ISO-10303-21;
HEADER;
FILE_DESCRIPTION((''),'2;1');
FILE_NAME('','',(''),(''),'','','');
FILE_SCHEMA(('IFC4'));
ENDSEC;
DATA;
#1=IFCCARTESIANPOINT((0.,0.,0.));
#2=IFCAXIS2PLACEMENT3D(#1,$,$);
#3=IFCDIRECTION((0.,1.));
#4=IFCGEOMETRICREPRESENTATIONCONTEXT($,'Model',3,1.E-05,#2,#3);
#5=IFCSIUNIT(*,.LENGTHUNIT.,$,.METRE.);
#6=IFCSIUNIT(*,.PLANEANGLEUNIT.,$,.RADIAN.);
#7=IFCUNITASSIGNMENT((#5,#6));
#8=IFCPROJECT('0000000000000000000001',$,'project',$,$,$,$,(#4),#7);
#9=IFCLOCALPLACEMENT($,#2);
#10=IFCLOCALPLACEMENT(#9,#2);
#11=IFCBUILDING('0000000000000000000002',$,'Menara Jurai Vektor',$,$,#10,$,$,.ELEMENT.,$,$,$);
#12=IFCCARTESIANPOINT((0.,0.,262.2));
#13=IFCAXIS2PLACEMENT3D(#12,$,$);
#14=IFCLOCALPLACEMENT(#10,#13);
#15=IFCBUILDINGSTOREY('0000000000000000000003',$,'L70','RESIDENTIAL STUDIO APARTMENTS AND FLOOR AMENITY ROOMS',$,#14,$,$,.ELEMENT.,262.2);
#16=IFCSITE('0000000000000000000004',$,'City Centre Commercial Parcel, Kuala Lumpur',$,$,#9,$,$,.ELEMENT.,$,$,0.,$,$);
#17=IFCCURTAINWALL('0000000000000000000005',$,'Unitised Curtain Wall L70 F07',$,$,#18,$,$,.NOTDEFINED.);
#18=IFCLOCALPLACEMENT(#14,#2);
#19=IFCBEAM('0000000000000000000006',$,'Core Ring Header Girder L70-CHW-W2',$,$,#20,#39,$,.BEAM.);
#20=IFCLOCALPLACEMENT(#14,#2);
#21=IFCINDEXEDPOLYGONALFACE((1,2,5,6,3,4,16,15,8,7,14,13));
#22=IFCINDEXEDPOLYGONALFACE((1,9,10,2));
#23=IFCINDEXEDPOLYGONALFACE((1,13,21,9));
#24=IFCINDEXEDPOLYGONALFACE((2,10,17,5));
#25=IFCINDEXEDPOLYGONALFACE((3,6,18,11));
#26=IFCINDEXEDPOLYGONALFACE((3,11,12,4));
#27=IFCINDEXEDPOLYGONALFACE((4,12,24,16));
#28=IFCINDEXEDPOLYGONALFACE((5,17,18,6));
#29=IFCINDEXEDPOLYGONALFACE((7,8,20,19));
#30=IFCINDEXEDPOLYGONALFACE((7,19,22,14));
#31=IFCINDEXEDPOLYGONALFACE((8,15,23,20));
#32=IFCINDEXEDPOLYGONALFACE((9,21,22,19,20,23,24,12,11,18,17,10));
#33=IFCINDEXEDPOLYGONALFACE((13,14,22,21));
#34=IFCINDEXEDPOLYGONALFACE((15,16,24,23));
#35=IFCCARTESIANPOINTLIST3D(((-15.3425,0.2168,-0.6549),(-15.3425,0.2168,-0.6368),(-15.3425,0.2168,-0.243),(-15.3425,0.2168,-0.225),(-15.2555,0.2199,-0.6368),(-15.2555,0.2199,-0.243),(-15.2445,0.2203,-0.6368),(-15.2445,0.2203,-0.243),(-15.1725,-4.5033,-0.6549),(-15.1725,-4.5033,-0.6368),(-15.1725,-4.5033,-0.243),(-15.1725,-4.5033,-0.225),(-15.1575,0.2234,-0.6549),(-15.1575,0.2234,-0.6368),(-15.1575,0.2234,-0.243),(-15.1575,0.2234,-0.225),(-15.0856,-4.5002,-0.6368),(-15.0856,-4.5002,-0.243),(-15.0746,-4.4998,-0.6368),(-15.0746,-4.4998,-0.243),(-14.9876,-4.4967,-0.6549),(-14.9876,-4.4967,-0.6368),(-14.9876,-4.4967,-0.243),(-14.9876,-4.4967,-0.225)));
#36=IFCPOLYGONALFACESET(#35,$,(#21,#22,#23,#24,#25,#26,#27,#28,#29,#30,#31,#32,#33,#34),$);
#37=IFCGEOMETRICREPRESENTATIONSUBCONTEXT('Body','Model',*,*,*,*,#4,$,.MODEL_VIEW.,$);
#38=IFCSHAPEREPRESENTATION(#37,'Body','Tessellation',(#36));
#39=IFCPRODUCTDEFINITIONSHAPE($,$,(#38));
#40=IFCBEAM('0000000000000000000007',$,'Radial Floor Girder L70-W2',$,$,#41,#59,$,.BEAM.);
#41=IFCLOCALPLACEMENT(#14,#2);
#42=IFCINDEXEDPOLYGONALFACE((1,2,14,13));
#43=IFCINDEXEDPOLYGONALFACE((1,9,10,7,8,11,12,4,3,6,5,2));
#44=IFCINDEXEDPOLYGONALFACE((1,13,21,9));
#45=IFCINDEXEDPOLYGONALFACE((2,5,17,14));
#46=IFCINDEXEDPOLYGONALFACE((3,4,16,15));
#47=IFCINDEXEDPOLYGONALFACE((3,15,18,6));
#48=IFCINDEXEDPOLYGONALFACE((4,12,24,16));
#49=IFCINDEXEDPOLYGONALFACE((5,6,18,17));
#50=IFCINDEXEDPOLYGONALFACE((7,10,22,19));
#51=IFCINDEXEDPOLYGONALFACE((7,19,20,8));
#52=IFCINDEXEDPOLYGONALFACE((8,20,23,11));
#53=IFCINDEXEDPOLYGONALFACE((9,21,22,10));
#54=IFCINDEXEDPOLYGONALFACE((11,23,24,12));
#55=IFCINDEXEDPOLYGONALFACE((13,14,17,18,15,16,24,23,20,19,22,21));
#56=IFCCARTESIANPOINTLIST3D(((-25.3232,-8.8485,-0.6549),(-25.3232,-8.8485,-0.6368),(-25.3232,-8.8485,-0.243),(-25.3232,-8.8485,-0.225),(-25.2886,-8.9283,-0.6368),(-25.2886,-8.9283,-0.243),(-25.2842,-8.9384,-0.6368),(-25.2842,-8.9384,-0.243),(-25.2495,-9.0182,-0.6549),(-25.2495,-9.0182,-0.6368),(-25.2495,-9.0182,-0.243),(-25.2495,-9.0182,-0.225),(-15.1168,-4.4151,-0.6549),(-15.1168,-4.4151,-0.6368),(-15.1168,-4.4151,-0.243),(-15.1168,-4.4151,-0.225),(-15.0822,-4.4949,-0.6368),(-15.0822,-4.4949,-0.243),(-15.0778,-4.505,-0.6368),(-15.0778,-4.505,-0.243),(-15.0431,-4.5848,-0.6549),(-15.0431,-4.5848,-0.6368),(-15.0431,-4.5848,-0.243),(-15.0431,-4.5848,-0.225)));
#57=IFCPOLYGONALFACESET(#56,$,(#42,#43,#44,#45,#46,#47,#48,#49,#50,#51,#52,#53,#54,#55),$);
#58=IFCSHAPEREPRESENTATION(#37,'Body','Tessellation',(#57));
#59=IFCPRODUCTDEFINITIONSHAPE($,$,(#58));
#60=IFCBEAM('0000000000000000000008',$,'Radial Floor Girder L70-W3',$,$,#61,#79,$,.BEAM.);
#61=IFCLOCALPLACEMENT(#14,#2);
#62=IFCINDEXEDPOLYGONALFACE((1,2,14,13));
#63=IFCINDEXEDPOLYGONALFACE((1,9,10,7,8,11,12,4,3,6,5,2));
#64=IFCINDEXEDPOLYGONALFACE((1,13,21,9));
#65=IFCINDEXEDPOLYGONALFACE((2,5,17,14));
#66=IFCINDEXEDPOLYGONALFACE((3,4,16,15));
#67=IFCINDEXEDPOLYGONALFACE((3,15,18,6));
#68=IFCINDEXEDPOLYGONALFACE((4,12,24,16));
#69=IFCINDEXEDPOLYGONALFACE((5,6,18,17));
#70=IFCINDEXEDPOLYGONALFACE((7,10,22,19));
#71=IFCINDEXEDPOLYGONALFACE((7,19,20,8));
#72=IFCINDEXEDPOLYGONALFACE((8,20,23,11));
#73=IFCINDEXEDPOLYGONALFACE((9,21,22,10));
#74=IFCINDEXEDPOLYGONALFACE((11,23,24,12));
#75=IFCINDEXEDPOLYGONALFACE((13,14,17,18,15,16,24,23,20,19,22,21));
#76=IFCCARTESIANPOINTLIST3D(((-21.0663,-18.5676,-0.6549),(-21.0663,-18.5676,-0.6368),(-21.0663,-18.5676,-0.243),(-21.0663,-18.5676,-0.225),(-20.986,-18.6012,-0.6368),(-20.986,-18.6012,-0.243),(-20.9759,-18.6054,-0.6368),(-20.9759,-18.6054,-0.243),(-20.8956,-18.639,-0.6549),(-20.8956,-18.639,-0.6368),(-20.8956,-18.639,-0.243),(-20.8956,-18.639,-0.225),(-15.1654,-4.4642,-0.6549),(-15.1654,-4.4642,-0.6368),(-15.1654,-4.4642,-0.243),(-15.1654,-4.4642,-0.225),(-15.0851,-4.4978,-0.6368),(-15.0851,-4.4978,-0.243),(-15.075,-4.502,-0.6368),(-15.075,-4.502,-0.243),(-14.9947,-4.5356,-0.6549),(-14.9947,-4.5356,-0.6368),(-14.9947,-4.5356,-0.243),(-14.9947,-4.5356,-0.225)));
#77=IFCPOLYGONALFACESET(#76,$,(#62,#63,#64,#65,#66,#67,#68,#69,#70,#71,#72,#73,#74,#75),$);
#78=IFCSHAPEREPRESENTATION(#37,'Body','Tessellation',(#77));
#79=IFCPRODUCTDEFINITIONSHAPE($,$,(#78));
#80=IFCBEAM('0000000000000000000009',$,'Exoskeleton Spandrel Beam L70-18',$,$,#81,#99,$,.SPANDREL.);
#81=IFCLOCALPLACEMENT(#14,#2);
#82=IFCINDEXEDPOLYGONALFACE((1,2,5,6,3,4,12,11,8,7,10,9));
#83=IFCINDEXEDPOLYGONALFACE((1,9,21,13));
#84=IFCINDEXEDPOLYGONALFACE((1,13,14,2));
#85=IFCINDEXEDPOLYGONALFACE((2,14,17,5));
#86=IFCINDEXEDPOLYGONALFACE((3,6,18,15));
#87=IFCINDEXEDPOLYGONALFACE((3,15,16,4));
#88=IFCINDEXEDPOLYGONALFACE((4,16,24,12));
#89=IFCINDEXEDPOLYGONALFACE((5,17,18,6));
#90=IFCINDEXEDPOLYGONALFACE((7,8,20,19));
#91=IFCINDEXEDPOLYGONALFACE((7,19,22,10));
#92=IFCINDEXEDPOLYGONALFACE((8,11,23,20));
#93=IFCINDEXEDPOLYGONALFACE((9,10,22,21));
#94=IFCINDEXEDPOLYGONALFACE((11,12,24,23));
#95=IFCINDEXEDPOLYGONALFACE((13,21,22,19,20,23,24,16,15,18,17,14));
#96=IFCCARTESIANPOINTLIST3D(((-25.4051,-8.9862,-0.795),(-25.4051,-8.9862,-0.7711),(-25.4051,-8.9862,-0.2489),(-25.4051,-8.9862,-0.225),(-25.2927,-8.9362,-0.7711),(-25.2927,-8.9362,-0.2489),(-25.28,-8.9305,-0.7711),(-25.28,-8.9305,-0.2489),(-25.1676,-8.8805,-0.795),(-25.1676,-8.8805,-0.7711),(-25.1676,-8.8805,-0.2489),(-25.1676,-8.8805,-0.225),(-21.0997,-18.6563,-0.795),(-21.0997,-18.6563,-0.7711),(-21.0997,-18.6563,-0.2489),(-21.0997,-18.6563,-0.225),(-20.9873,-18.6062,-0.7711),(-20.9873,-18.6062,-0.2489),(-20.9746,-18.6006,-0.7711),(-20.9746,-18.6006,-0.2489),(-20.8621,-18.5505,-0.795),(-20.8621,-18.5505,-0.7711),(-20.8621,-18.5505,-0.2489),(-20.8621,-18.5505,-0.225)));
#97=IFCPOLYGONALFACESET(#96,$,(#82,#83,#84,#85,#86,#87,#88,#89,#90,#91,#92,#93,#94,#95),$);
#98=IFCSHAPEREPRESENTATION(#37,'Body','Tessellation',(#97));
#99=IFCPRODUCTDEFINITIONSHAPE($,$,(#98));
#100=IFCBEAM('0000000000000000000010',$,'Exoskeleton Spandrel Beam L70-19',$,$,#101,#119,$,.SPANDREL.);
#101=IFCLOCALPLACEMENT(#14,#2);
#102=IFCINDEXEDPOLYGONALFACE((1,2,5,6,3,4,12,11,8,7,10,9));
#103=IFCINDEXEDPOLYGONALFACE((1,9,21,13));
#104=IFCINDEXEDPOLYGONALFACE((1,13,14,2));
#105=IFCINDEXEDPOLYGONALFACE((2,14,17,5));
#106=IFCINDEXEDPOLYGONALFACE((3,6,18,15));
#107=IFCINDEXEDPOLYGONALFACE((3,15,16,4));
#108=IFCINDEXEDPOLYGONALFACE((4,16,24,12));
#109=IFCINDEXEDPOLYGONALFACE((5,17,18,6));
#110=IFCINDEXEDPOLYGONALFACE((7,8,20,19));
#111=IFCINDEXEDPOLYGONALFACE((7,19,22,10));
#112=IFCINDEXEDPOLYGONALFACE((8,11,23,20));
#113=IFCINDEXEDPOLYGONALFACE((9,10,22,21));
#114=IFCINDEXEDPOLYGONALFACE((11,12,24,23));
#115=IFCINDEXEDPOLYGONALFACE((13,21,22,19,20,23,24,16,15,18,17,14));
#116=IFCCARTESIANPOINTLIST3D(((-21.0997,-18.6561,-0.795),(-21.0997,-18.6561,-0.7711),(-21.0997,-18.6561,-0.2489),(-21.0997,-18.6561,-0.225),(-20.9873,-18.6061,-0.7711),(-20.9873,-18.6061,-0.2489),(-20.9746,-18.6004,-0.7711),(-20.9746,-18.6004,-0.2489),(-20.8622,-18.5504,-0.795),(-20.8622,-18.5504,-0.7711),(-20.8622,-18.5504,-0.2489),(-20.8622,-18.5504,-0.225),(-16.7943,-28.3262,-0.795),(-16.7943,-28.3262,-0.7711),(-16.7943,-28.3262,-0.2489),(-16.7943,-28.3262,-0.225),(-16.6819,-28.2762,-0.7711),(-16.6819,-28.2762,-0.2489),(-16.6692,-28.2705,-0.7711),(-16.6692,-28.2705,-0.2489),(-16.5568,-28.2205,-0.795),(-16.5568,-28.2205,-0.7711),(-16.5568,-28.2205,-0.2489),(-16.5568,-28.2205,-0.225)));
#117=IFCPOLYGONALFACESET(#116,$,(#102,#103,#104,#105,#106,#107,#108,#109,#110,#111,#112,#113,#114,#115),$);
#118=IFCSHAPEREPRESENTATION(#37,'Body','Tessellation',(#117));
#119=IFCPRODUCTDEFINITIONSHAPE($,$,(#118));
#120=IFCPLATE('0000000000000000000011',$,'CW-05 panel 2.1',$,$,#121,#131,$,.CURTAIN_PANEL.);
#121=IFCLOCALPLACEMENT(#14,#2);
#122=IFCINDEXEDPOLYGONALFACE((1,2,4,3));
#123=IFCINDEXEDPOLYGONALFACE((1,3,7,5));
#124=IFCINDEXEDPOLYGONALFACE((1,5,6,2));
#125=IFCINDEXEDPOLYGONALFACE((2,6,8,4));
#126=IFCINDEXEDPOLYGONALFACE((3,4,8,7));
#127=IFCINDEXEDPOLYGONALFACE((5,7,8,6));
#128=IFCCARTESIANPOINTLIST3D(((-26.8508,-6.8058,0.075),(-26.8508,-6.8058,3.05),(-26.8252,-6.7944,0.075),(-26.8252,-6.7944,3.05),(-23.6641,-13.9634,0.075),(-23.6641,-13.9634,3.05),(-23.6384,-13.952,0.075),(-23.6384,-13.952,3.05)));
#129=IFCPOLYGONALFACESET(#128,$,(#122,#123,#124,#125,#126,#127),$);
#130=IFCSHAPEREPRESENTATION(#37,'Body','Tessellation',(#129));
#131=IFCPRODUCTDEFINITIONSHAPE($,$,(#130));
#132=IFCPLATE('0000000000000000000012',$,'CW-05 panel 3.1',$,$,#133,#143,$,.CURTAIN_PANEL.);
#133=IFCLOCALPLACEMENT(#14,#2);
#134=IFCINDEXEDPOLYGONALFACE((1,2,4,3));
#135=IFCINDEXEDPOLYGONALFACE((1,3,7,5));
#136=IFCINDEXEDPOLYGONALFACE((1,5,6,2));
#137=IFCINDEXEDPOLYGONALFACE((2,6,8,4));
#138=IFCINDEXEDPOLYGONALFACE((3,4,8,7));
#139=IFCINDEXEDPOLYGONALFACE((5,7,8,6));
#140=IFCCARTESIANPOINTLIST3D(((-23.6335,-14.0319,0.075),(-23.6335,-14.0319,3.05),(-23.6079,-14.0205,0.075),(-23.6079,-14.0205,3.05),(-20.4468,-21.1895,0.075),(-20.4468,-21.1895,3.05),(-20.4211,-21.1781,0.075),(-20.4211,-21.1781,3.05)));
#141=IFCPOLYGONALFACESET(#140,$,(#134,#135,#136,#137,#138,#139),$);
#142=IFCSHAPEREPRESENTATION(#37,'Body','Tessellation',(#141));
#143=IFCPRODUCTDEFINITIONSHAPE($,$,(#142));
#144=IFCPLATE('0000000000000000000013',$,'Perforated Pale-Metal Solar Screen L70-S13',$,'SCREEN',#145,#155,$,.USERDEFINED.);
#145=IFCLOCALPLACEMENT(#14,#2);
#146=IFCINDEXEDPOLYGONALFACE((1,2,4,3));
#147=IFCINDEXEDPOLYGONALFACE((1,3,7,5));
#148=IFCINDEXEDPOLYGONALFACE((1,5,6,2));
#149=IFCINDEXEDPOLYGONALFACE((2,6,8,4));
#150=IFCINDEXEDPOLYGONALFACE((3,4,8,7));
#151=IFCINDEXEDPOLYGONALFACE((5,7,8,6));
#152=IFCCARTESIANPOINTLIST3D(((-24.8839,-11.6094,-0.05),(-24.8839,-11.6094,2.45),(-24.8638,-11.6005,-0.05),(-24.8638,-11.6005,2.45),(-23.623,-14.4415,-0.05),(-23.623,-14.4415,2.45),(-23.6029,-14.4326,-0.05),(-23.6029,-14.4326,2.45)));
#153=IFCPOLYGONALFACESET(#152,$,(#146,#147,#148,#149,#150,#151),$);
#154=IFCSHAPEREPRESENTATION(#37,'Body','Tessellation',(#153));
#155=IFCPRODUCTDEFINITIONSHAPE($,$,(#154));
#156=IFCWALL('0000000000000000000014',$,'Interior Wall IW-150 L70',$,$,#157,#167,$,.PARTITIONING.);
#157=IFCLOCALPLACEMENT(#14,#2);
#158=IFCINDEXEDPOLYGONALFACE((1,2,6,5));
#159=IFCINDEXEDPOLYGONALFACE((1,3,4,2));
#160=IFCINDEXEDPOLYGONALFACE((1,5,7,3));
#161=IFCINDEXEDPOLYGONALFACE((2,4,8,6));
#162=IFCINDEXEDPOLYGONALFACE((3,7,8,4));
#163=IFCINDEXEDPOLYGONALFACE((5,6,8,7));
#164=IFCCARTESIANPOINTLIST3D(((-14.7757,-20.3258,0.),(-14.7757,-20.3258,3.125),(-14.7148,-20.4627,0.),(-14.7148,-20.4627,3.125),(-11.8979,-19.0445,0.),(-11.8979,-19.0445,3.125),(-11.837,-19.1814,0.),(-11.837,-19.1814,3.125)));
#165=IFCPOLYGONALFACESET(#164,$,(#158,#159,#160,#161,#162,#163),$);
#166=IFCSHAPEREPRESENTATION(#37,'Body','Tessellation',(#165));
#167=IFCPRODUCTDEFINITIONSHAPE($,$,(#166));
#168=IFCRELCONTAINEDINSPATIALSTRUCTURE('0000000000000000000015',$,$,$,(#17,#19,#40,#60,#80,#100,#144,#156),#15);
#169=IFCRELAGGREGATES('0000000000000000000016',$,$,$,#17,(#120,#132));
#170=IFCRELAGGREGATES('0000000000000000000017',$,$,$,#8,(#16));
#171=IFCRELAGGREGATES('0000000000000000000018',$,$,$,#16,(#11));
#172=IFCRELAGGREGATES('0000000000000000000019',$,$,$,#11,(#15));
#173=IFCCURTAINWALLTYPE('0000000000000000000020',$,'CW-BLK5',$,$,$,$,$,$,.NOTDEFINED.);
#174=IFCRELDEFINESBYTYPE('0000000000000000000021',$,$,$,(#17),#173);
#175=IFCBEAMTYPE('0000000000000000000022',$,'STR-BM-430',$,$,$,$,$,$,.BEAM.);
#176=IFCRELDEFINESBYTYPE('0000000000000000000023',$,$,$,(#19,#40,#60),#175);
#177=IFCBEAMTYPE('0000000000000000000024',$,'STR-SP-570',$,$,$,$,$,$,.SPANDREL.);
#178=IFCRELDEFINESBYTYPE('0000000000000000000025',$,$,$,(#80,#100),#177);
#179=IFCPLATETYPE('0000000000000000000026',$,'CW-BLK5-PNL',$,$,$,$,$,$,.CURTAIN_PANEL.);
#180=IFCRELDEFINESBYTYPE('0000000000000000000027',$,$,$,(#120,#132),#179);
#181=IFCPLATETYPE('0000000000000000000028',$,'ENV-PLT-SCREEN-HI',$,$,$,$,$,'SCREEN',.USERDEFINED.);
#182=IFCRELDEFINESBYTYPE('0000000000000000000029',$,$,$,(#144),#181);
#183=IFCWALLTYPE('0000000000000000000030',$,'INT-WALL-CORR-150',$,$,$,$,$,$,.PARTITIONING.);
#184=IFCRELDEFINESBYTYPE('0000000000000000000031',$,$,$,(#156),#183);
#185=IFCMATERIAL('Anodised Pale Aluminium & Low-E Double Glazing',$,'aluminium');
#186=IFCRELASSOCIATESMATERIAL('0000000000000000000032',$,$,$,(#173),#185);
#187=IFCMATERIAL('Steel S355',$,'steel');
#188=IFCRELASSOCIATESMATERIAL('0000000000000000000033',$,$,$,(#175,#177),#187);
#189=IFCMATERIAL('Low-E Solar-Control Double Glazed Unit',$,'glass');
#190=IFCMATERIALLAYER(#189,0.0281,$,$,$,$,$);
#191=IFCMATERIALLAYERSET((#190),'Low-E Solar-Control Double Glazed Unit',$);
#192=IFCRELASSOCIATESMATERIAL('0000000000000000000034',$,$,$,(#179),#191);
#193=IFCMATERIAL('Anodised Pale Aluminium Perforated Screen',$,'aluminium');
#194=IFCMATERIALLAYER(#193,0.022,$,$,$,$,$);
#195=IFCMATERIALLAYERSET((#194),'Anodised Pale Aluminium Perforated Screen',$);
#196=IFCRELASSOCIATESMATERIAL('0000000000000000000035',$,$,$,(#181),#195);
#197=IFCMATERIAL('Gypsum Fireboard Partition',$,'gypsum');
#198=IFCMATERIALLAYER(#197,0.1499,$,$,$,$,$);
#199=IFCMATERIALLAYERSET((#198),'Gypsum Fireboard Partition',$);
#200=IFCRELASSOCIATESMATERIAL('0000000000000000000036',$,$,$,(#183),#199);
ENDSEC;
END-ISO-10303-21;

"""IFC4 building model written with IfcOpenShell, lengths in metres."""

from ifc_helpers import new_model, si_unit, direction, frame, frame_2d, origin, origin_2d, place, context, subcontext, project, spatial, rectangle, i_section, extrude, material, layer, layer_set, material_profile, profile_set, type_object, element, aggregate, save


model = new_model("IFC4")

# Units and contexts
model_context = context("Model", 3, precision=1e-05, world=origin(), true_north=direction((0.0, 1.0)))
body_context = subcontext(model_context, "Body", "Model", "MODEL_VIEW")
ifc_project = project(units=[si_unit("LENGTHUNIT", "METRE"), si_unit("PLANEANGLEUNIT", "RADIAN")], contexts=[model_context])

# Site, building, storey
site_placement = place(None, origin())
site = spatial("IfcSite", under=ifc_project, at=site_placement, Name="City Centre Commercial Parcel, Kuala Lumpur", CompositionType="ELEMENT", RefElevation=0.0)
building_placement = place(site_placement, origin())
building = spatial("IfcBuilding", under=site, at=building_placement, Name="Menara Jurai Vektor", CompositionType="ELEMENT")
storey_placement = place(building_placement, frame((0.0, 0.0, 262.2)))
storey = spatial("IfcBuildingStorey", under=building, at=storey_placement, Name="L70", Description="RESIDENTIAL STUDIO APARTMENTS AND FLOOR AMENITY ROOMS", CompositionType="ELEMENT", Elevation=262.2)

# Curtain wall
ifc_material_1 = material(Name="Anodised Pale Aluminium & Low-E Double Glazing", Category="aluminium")
curtain_wall_type = type_object("IfcCurtainWallType", Name="CW-BLK5", PredefinedType="NOTDEFINED", material=ifc_material_1)
curtain_wall_placement = place(storey_placement, origin())
curtain_wall = element("IfcCurtainWall", 1, at=curtain_wall_placement, inside=storey, type_object=curtain_wall_type, Name="Unitised Curtain Wall L70 F07", PredefinedType="NOTDEFINED")

# Beams
ifc_material_2 = material(Name="Steel S355", Category="steel")
ifc_material_profile_1 = material_profile(ifc_material_2, i_section(OverallWidth=0.1851, OverallDepth=0.4299, WebThickness=0.011, FlangeThickness=0.0181, at=origin_2d()), Name="PG 430x185x76")
ifc_profile_set_1 = profile_set([ifc_material_profile_1], Name="Steel S355")
beam_type_1 = type_object("IfcBeamType", Name="STR-BM-430", PredefinedType="BEAM", material=ifc_profile_set_1)
beam_1_placement = place(storey_placement, frame((-15.0801, -4.5, -0.4399), z_axis=(-0.035977, 0.999353, 0.0), x_axis=(-0.999353, -0.035977, 0.0)))
element("IfcBeam", 2, at=beam_1_placement, inside=storey, type_object=beam_type_1, Name="Core Ring Header Girder L70-CHW-W2", PredefinedType="BEAM", context=body_context, shape_type="SweptSolid", body=[
    extrude(i_section(OverallWidth=0.1851, OverallDepth=0.4299, WebThickness=0.011, FlangeThickness=0.0181, at=origin_2d()), origin(), (0.0, 0.0, 1.0), 4.7231),
])
beam_2_placement = place(storey_placement, frame((-25.2864, -8.9333, -0.4399), z_axis=(0.917207, 0.398411, 0.0), x_axis=(-0.398411, 0.917207, 0.0)))
element("IfcBeam", 3, at=beam_2_placement, inside=storey, type_object=beam_type_1, Name="Radial Floor Girder L70-W2", PredefinedType="BEAM", context=body_context, shape_type="SweptSolid", body=[
    extrude(i_section(OverallWidth=0.1851, OverallDepth=0.4299, WebThickness=0.011, FlangeThickness=0.0181, at=origin_2d()), origin(), (0.0, 0.0, 1.0), 11.1277),
])
beam_3_placement = place(storey_placement, frame((-20.981, -18.6033, -0.4399), z_axis=(0.385981, 0.922507, 0.0), x_axis=(-0.922507, 0.385981, 0.0)))
element("IfcBeam", 4, at=beam_3_placement, inside=storey, type_object=beam_type_1, Name="Radial Floor Girder L70-W3", PredefinedType="BEAM", context=body_context, shape_type="SweptSolid", body=[
    extrude(i_section(OverallWidth=0.1851, OverallDepth=0.4299, WebThickness=0.011, FlangeThickness=0.0181, at=origin_2d()), origin(), (0.0, 0.0, 1.0), 15.2881),
])
ifc_material_profile_2 = material_profile(ifc_material_2, i_section(OverallWidth=0.26, OverallDepth=0.5701, WebThickness=0.0139, FlangeThickness=0.0239, at=origin_2d()), Name="PG 570x260x145")
ifc_profile_set_2 = profile_set([ifc_material_profile_2], Name="Steel S355")
beam_type_2 = type_object("IfcBeamType", Name="STR-SP-570", PredefinedType="SPANDREL", material=ifc_profile_set_2)
for number, where, z_axis, x_axis, name in (
    (5, (-25.2864, -8.9333, -0.51), (0.406744, -0.913542, 0.0), (0.913542, 0.406744, 0.0), "Exoskeleton Spandrel Beam L70-18"),
    (6, (-20.981, -18.6033, -0.51), (0.406735, -0.913546, 0.0), (0.913546, 0.406735, 0.0), "Exoskeleton Spandrel Beam L70-19"),
):
    element("IfcBeam", number, at=place(storey_placement, frame(where, z_axis=z_axis, x_axis=x_axis)), inside=storey, type_object=beam_type_2, Name=name, PredefinedType="SPANDREL", context=body_context, shape_type="SweptSolid", body=[
        extrude(i_section(OverallWidth=0.26, OverallDepth=0.5701, WebThickness=0.0139, FlangeThickness=0.0239, at=origin_2d()), origin(), (0.0, 0.0, 1.0), 10.5852),
    ])

# Plates
ifc_material_3 = material(Name="Low-E Solar-Control Double Glazed Unit", Category="glass")
ifc_layer_1 = layer(ifc_material_3, 0.0281)
ifc_layer_set_1 = layer_set([ifc_layer_1], Name="Low-E Solar-Control Double Glazed Unit")
plate_type_1 = type_object("IfcPlateType", Name="CW-BLK5-PNL", PredefinedType="CURTAIN_PANEL", material=ifc_layer_set_1)
plate_1_placement = place(storey_placement, frame((-25.2446, -10.3789, 0.075), z_axis=(0.0, 0.0, 1.0), x_axis=(0.406735, -0.913546, 0.0)))
plate_1 = element("IfcPlate", 7, at=plate_1_placement, type_object=plate_type_1, Name="CW-05 panel 2.1", PredefinedType="CURTAIN_PANEL", context=body_context, shape_type="SweptSolid", body=[
    extrude(rectangle(XDim=7.835, YDim=0.0281, at=origin_2d()), origin(), (0.0, 0.0, 1.0), 2.9751),
])
plate_2_placement = place(storey_placement, frame((-22.0273, -17.605, 0.075), z_axis=(0.0, 0.0, 1.0), x_axis=(0.406735, -0.913546, 0.0)))
plate_2 = element("IfcPlate", 8, at=plate_2_placement, type_object=plate_type_1, Name="CW-05 panel 3.1", PredefinedType="CURTAIN_PANEL", context=body_context, shape_type="SweptSolid", body=[
    extrude(rectangle(XDim=7.835, YDim=0.0281, at=origin_2d()), origin(), (0.0, 0.0, 1.0), 2.9751),
])
aggregate(curtain_wall, [plate_1, plate_2])
ifc_material_4 = material(Name="Anodised Pale Aluminium Perforated Screen", Category="aluminium")
ifc_layer_2 = layer(ifc_material_4, 0.022)
ifc_layer_set_2 = layer_set([ifc_layer_2], Name="Anodised Pale Aluminium Perforated Screen")
plate_type_2 = type_object("IfcPlateType", Name="ENV-PLT-SCREEN-HI", ElementType="SCREEN", PredefinedType="USERDEFINED", material=ifc_layer_set_2)
plate_3_placement = place(storey_placement, frame((-24.2434, -13.021, -0.05), z_axis=(0.0, 0.0, 1.0), x_axis=(0.406737, -0.913545, 0.0)))
element("IfcPlate", 9, at=plate_3_placement, inside=storey, type_object=plate_type_2, Name="Perforated Pale-Metal Solar Screen L70-S13", ObjectType="SCREEN", PredefinedType="USERDEFINED", context=body_context, shape_type="SweptSolid", body=[
    extrude(rectangle(XDim=3.1001, YDim=0.022, at=origin_2d()), origin(), (0.0, 0.0, 1.0), 2.5),
])

# Wall
ifc_material_5 = material(Name="Gypsum Fireboard Partition", Category="gypsum")
ifc_layer_3 = layer(ifc_material_5, 0.1499)
ifc_layer_set_3 = layer_set([ifc_layer_3], Name="Gypsum Fireboard Partition")
wall_type_1 = type_object("IfcWallType", Name="INT-WALL-CORR-150", PredefinedType="PARTITIONING", material=ifc_layer_set_3)
wall_1_placement = place(storey_placement, frame((-14.7454, -20.3943, 0.0), z_axis=(0.0, 0.0, 1.0), x_axis=(0.913543, 0.406742, 0.0)))
element("IfcWall", 10, at=wall_1_placement, inside=storey, type_object=wall_type_1, Name="Interior Wall IW-150 L70", PredefinedType="PARTITIONING", context=body_context, shape_type="SweptSolid", body=[
    extrude(rectangle(XDim=3.1501, YDim=0.1499, at=frame_2d((1.5752, 0.0))), origin(), (0.0, 0.0, 1.0), 3.125),
])

save(model, "model.ifc")
